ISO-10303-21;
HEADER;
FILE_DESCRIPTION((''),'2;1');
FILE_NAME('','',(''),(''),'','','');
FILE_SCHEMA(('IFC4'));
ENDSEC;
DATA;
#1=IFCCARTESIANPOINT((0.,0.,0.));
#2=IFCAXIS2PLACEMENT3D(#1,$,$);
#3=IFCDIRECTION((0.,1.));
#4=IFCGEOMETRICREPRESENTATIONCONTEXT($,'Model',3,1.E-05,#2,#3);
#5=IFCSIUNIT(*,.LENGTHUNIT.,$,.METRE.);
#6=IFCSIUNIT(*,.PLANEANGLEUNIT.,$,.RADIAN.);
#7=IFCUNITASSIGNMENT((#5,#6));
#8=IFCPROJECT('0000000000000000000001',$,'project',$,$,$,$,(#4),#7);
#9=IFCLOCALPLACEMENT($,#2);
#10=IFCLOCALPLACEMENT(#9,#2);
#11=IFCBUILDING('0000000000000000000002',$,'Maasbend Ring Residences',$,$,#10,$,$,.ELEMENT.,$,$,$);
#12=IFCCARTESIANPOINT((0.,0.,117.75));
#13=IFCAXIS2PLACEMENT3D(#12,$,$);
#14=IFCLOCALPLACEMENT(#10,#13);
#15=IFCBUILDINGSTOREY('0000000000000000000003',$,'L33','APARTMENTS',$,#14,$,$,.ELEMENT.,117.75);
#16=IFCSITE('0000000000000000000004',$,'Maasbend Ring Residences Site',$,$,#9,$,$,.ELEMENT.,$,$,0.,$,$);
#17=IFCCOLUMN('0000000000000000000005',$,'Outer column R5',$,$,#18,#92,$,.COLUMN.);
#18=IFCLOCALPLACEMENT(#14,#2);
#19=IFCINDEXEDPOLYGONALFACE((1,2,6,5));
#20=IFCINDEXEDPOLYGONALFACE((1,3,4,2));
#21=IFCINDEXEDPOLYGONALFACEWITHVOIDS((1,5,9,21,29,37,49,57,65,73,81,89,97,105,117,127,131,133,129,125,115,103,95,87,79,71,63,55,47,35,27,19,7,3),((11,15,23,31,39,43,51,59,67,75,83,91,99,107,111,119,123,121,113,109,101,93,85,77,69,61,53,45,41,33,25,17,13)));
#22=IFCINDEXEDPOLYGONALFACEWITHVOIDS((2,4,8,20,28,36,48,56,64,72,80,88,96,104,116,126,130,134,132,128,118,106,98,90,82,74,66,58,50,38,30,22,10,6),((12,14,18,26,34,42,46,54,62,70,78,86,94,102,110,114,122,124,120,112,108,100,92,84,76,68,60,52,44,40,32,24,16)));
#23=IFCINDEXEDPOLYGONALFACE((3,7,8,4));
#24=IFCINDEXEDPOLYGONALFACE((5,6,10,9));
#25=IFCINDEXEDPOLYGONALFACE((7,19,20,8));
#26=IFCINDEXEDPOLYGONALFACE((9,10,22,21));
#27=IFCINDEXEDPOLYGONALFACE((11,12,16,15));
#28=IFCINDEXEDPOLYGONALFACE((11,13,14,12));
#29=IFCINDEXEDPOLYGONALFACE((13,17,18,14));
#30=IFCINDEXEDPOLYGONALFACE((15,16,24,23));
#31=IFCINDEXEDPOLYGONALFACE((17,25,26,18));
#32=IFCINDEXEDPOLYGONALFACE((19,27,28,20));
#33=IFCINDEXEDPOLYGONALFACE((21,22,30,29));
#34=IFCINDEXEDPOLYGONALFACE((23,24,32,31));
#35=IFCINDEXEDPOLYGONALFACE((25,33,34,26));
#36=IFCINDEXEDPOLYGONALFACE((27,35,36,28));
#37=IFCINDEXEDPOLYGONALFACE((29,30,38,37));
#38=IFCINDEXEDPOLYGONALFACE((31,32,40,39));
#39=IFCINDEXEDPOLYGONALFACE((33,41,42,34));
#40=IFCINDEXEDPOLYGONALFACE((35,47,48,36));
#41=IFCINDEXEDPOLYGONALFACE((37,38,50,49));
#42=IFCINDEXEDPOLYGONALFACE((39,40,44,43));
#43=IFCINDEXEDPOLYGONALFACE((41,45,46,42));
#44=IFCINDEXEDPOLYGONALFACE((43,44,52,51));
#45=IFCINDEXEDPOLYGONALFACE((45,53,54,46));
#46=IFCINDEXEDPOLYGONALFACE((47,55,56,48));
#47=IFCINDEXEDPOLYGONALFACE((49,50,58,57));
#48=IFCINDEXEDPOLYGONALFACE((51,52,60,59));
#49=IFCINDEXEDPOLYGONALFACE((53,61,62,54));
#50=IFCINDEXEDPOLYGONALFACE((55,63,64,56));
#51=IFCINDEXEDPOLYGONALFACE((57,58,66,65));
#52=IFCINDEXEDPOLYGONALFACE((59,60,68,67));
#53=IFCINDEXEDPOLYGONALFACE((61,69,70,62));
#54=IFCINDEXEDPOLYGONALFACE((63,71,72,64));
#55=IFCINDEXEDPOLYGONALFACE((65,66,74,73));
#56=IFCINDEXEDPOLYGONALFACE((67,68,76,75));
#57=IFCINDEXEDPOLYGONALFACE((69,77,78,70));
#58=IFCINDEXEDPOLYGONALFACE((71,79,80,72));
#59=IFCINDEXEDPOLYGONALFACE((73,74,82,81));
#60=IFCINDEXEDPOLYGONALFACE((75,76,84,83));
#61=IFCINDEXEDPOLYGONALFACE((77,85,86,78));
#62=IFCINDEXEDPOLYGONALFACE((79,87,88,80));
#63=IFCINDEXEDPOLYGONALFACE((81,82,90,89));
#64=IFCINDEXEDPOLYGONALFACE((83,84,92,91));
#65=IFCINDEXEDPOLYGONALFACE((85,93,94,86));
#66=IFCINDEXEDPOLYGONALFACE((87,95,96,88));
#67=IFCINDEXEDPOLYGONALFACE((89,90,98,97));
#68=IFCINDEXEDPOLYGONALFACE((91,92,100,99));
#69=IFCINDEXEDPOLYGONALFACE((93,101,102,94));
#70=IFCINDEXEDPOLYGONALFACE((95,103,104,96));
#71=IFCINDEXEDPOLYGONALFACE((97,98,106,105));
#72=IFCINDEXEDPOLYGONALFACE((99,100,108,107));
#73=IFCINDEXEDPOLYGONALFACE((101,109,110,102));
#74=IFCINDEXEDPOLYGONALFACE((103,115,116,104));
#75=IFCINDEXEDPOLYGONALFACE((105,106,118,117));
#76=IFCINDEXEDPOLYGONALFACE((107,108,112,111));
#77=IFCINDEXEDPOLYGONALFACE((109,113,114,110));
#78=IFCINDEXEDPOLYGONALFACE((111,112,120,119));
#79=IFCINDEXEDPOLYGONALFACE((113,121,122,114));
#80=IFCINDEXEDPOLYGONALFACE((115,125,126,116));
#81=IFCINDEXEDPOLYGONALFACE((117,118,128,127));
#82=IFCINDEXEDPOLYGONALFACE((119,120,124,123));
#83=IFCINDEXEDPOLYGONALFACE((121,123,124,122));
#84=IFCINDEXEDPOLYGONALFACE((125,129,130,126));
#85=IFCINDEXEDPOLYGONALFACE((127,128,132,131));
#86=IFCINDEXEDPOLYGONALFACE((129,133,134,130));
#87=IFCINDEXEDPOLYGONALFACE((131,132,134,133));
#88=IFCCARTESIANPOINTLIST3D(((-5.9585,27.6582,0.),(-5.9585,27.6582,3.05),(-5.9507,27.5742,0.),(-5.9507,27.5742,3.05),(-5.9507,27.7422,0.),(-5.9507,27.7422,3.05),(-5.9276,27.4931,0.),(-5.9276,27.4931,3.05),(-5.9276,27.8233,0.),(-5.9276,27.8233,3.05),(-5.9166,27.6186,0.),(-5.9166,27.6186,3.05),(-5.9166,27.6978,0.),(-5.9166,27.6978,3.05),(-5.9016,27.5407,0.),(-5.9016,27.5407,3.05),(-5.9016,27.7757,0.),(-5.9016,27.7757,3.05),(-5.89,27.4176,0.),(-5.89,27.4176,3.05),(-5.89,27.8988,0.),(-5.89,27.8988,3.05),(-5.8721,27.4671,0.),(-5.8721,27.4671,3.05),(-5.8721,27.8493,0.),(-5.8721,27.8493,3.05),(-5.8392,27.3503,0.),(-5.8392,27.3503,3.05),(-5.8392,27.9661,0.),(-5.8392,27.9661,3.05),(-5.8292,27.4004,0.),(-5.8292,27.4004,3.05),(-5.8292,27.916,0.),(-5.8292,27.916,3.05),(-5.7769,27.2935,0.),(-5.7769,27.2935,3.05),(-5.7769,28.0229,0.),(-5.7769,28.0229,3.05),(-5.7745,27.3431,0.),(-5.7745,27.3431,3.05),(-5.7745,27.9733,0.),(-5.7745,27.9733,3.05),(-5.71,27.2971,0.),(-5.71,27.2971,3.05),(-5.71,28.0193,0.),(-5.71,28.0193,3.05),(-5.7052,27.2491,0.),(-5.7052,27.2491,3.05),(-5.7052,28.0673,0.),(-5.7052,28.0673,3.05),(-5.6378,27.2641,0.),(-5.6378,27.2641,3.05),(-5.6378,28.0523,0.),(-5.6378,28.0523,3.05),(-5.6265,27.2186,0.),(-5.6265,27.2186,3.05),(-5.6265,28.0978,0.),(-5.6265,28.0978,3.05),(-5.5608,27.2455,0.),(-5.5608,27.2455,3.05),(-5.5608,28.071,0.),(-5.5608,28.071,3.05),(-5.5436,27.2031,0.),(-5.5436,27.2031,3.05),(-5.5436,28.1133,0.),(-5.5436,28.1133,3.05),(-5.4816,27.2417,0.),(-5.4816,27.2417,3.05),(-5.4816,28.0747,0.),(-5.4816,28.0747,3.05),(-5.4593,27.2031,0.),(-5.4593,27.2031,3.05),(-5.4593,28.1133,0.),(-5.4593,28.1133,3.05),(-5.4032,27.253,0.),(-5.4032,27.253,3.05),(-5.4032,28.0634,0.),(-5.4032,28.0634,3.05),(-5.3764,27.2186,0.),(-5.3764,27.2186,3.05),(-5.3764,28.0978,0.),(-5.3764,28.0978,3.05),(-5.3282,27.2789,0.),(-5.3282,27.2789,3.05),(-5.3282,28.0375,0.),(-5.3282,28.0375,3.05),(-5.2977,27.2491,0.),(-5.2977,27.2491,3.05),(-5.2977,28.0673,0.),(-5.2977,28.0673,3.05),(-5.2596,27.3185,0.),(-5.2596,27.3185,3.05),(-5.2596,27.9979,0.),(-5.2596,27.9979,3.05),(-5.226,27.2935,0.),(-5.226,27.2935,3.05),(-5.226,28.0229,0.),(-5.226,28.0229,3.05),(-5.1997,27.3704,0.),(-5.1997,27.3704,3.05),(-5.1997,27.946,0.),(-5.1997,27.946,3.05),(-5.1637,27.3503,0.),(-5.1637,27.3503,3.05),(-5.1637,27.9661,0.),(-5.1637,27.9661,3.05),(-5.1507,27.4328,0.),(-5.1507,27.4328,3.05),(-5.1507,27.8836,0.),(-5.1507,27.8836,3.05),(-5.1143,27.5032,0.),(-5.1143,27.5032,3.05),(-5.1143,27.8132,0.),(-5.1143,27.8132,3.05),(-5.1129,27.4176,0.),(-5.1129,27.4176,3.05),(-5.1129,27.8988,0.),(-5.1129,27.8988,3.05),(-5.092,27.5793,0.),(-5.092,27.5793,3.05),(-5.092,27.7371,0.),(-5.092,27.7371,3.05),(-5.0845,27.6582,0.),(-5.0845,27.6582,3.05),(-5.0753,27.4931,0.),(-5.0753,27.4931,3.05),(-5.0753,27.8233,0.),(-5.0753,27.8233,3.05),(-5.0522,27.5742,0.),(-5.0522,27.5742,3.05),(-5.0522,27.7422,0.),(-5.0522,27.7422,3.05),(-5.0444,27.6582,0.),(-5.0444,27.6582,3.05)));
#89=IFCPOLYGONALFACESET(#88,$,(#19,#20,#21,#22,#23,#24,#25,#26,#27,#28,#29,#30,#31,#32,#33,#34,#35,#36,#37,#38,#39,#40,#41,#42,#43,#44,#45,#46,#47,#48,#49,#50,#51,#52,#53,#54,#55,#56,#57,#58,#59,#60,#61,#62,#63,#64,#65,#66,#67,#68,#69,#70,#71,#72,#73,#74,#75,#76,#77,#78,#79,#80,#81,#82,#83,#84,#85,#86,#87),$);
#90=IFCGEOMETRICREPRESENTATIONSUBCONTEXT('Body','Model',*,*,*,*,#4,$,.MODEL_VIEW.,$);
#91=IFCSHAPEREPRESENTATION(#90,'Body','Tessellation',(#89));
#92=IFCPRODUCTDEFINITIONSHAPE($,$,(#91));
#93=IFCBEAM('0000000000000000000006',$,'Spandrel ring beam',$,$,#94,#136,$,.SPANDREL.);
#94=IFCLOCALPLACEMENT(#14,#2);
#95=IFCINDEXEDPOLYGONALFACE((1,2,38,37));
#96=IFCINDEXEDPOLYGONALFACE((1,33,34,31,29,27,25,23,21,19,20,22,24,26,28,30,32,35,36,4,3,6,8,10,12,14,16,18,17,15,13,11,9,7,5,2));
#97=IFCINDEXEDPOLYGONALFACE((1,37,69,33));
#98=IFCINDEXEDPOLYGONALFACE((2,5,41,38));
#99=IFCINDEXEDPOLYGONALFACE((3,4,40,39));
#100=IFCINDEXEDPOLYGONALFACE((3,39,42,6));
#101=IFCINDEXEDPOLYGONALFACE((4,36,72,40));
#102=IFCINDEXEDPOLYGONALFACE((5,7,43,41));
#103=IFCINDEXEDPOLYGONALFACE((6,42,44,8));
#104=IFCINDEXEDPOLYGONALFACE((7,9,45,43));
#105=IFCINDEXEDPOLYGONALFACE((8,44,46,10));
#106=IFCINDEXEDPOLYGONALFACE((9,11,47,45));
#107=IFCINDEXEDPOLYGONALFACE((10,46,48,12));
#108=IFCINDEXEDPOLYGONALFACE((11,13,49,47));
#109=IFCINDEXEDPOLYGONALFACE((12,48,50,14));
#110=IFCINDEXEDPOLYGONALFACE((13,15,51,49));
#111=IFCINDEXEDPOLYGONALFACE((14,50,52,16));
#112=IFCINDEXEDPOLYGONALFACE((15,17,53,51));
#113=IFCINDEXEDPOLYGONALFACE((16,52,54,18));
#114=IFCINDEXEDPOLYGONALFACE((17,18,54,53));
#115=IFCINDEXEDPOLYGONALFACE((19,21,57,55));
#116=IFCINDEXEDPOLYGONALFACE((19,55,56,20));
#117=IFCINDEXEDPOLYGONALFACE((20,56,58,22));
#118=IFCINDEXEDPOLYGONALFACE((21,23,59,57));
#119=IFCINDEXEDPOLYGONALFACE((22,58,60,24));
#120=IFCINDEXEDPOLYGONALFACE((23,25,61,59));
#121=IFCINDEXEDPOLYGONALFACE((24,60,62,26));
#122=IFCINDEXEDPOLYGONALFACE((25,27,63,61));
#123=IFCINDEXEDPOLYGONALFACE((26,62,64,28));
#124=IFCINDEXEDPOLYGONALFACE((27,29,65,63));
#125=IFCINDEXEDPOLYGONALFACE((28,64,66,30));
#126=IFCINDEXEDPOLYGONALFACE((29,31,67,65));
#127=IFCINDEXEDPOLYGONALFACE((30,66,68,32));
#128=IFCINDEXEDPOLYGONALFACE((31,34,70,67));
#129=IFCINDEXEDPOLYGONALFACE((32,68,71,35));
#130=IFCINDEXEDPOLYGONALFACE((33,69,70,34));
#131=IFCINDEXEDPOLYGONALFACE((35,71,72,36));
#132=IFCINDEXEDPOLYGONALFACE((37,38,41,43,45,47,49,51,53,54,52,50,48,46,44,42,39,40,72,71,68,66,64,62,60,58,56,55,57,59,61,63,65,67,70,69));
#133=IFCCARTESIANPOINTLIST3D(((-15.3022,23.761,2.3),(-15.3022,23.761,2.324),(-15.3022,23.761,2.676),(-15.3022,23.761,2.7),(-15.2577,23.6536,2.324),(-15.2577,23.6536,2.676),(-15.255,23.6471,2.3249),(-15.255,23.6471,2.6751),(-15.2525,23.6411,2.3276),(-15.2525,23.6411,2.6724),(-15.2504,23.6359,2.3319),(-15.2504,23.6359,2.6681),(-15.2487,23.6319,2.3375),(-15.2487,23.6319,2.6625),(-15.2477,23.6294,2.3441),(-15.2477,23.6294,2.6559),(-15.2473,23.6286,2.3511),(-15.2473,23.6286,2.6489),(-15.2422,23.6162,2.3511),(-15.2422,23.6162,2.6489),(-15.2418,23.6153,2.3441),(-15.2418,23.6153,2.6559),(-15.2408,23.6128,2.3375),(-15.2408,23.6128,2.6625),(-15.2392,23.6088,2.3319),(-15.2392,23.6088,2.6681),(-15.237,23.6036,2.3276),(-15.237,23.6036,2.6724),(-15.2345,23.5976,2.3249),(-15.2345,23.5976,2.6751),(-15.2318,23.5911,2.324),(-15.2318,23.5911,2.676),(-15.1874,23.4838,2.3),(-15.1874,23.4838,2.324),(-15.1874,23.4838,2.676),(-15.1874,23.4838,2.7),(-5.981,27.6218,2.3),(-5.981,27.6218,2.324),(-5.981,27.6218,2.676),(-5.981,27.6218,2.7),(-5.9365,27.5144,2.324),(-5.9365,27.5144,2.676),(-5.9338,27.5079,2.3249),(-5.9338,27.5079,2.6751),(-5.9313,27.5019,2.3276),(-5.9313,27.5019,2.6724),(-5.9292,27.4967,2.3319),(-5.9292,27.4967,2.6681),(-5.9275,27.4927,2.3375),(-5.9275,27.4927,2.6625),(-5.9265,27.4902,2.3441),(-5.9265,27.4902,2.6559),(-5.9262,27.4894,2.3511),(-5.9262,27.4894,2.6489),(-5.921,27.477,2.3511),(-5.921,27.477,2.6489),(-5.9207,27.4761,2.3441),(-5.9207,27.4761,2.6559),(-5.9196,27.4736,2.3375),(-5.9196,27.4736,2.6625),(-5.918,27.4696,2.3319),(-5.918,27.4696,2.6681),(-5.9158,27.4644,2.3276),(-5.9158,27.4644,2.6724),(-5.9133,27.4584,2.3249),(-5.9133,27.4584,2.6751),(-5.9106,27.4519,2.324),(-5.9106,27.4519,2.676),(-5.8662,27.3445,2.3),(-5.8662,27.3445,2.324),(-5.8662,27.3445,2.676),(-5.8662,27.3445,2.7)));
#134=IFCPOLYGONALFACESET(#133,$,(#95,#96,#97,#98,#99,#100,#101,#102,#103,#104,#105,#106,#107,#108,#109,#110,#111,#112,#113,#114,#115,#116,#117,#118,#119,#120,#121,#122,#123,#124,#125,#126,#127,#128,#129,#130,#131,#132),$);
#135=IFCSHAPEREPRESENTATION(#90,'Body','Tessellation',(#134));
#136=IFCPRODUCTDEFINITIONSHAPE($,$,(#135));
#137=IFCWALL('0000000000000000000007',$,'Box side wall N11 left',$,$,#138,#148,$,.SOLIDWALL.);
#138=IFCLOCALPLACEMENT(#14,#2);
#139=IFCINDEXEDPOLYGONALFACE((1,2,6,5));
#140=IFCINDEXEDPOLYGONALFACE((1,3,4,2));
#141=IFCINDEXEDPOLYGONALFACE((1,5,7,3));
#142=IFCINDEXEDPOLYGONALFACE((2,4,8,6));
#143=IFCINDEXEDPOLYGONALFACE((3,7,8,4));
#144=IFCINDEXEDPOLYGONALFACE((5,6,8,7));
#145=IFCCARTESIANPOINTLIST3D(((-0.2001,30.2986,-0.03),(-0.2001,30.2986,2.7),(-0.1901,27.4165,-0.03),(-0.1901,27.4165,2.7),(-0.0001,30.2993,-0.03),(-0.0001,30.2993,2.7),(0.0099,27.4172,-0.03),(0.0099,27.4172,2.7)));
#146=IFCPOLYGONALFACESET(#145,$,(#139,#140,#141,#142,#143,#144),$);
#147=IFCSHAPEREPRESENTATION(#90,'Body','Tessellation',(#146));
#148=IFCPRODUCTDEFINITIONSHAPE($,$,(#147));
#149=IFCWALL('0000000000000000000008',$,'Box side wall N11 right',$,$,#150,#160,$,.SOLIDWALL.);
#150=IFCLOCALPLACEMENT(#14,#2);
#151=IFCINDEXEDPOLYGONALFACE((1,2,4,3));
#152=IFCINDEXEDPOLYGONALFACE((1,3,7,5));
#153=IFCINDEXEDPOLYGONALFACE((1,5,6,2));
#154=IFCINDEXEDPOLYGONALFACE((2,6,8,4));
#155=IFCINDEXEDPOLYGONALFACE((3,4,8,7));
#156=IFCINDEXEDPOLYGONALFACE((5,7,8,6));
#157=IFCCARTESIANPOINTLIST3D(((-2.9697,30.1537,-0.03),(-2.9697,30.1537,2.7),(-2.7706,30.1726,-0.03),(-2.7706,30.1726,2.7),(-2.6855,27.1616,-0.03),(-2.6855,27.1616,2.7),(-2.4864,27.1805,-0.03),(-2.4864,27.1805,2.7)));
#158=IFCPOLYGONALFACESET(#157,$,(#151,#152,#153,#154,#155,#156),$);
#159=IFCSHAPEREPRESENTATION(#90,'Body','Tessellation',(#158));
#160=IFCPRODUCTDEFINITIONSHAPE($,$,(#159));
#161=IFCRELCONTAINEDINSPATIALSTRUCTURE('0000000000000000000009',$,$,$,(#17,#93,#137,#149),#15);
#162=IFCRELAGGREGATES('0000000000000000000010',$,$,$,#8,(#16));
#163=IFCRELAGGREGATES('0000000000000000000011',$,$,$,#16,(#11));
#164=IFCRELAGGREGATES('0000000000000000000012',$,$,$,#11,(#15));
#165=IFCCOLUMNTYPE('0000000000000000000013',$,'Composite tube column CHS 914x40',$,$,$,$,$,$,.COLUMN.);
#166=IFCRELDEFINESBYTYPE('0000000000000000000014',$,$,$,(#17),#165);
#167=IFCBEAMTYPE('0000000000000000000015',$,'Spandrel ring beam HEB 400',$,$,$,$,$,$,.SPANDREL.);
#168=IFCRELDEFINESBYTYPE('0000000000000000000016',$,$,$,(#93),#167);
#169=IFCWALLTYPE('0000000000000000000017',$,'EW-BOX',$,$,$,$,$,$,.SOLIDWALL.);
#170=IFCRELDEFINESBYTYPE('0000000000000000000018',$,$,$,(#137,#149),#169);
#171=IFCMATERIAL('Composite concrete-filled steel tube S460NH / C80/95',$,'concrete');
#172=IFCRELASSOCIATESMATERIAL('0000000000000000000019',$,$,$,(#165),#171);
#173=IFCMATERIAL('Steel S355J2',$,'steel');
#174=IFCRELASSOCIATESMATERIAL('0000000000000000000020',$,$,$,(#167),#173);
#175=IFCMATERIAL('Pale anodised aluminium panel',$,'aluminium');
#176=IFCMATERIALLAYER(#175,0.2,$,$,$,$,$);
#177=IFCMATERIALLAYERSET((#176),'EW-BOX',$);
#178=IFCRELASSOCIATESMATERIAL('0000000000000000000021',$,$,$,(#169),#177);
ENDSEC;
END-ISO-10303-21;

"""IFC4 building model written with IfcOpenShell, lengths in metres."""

from ifc_helpers import new_model, si_unit, direction, frame, frame_2d, origin, origin_2d, place, context, subcontext, project, spatial, rectangle, hollow_circle, i_section, extrude, material, layer, layer_set, material_profile, profile_set, type_object, element, save


model = new_model("IFC4")

# Units and contexts
model_context = context("Model", 3, precision=1e-05, world=origin(), true_north=direction((0.0, 1.0)))
body_context = subcontext(model_context, "Body", "Model", "MODEL_VIEW")
ifc_project = project(units=[si_unit("LENGTHUNIT", "METRE"), si_unit("PLANEANGLEUNIT", "RADIAN")], contexts=[model_context])

# Site, building, storey
site_placement = place(None, origin())
site = spatial("IfcSite", under=ifc_project, at=site_placement, Name="Maasbend Ring Residences Site", CompositionType="ELEMENT", RefElevation=0.0)
building_placement = place(site_placement, origin())
building = spatial("IfcBuilding", under=site, at=building_placement, Name="Maasbend Ring Residences", CompositionType="ELEMENT")
storey_placement = place(building_placement, frame((0.0, 0.0, 117.75)))
storey = spatial("IfcBuildingStorey", under=building, at=storey_placement, Name="L33", Description="APARTMENTS", CompositionType="ELEMENT", Elevation=117.75)

# Column
ifc_material_1 = material(Name="Composite concrete-filled steel tube S460NH / C80/95", Category="concrete")
ifc_material_profile_1 = material_profile(ifc_material_1, hollow_circle(Radius=0.457, WallThickness=0.04, at=origin_2d()), Name="Composite tube column CHS 914x40")
ifc_profile_set_1 = profile_set([ifc_material_profile_1], Name="Composite concrete-filled steel tube S460NH / C80/95")
column_type = type_object("IfcColumnType", Name="Composite tube column CHS 914x40", PredefinedType="COLUMN", material=ifc_profile_set_1)
column_placement = place(storey_placement, frame((-5.5015, 27.6582, 0.0), z_axis=(0.0, 0.0, 1.0), x_axis=(1.0, 0.0, 0.0)))
element("IfcColumn", 1, at=column_placement, inside=storey, type_object=column_type, Name="Outer column R5", PredefinedType="COLUMN", context=body_context, shape_type="SweptSolid", body=[
    extrude(hollow_circle(Radius=0.457, WallThickness=0.04, at=origin_2d()), origin(), (0.0, 0.0, 1.0), 3.05),
])

# Beam
ifc_material_2 = material(Name="Steel S355J2", Category="steel")
ifc_material_profile_2 = material_profile(ifc_material_2, i_section(OverallWidth=0.3, OverallDepth=0.3999, WebThickness=0.0134, FlangeThickness=0.0239, FilletRadius=0.0271, at=origin_2d()), Name="HEB 400")
ifc_profile_set_2 = profile_set([ifc_material_profile_2], Name="Steel S355J2")
beam_type = type_object("IfcBeamType", Name="Spandrel ring beam HEB 400", PredefinedType="SPANDREL", material=ifc_profile_set_2)
beam_placement = place(storey_placement, frame((-5.9236, 27.4832, 2.5), z_axis=(-0.923885, -0.38267, 0.0), x_axis=(0.38267, -0.923885, 0.0)))
element("IfcBeam", 2, at=beam_placement, inside=storey, type_object=beam_type, Name="Spandrel ring beam", PredefinedType="SPANDREL", context=body_context, shape_type="SweptSolid", body=[
    extrude(i_section(OverallWidth=0.3, OverallDepth=0.3999, WebThickness=0.0134, FlangeThickness=0.0239, FilletRadius=0.0271, at=origin_2d()), origin(), (0.0, 0.0, 1.0), 10.0891),
])

# Walls
ifc_material_3 = material(Name="Pale anodised aluminium panel", Category="aluminium")
ifc_layer_1 = layer(ifc_material_3, 0.2)
ifc_layer_set_1 = layer_set([ifc_layer_1], Name="EW-BOX")
wall_type_1 = type_object("IfcWallType", Name="EW-BOX", PredefinedType="SOLIDWALL", material=ifc_layer_set_1)
wall_1_placement = place(storey_placement, frame((-0.0901, 27.417, -0.03), z_axis=(0.0, 0.0, 1.0), x_axis=(-0.003473, 0.999994, 0.0)))
element("IfcWall", 3, at=wall_1_placement, inside=storey, type_object=wall_type_1, Name="Box side wall N11 left", PredefinedType="SOLIDWALL", context=body_context, shape_type="SweptSolid", body=[
    extrude(rectangle(XDim=2.8821, YDim=0.2, at=frame_2d((1.4409, 0.0))), origin(), (0.0, 0.0, 1.0), 2.73),
])
wall_2_placement = place(storey_placement, frame((-2.5859, 27.1709, -0.03), z_axis=(0.0, 0.0, 1.0), x_axis=(-0.094548, 0.99552, 0.0)))
element("IfcWall", 4, at=wall_2_placement, inside=storey, type_object=wall_type_1, Name="Box side wall N11 right", PredefinedType="SOLIDWALL", context=body_context, shape_type="SweptSolid", body=[
    extrude(rectangle(XDim=3.0056, YDim=0.2, at=frame_2d((1.5029, 0.0))), origin(), (0.0, 0.0, 1.0), 2.73),
])

save(model, "model.ifc")
